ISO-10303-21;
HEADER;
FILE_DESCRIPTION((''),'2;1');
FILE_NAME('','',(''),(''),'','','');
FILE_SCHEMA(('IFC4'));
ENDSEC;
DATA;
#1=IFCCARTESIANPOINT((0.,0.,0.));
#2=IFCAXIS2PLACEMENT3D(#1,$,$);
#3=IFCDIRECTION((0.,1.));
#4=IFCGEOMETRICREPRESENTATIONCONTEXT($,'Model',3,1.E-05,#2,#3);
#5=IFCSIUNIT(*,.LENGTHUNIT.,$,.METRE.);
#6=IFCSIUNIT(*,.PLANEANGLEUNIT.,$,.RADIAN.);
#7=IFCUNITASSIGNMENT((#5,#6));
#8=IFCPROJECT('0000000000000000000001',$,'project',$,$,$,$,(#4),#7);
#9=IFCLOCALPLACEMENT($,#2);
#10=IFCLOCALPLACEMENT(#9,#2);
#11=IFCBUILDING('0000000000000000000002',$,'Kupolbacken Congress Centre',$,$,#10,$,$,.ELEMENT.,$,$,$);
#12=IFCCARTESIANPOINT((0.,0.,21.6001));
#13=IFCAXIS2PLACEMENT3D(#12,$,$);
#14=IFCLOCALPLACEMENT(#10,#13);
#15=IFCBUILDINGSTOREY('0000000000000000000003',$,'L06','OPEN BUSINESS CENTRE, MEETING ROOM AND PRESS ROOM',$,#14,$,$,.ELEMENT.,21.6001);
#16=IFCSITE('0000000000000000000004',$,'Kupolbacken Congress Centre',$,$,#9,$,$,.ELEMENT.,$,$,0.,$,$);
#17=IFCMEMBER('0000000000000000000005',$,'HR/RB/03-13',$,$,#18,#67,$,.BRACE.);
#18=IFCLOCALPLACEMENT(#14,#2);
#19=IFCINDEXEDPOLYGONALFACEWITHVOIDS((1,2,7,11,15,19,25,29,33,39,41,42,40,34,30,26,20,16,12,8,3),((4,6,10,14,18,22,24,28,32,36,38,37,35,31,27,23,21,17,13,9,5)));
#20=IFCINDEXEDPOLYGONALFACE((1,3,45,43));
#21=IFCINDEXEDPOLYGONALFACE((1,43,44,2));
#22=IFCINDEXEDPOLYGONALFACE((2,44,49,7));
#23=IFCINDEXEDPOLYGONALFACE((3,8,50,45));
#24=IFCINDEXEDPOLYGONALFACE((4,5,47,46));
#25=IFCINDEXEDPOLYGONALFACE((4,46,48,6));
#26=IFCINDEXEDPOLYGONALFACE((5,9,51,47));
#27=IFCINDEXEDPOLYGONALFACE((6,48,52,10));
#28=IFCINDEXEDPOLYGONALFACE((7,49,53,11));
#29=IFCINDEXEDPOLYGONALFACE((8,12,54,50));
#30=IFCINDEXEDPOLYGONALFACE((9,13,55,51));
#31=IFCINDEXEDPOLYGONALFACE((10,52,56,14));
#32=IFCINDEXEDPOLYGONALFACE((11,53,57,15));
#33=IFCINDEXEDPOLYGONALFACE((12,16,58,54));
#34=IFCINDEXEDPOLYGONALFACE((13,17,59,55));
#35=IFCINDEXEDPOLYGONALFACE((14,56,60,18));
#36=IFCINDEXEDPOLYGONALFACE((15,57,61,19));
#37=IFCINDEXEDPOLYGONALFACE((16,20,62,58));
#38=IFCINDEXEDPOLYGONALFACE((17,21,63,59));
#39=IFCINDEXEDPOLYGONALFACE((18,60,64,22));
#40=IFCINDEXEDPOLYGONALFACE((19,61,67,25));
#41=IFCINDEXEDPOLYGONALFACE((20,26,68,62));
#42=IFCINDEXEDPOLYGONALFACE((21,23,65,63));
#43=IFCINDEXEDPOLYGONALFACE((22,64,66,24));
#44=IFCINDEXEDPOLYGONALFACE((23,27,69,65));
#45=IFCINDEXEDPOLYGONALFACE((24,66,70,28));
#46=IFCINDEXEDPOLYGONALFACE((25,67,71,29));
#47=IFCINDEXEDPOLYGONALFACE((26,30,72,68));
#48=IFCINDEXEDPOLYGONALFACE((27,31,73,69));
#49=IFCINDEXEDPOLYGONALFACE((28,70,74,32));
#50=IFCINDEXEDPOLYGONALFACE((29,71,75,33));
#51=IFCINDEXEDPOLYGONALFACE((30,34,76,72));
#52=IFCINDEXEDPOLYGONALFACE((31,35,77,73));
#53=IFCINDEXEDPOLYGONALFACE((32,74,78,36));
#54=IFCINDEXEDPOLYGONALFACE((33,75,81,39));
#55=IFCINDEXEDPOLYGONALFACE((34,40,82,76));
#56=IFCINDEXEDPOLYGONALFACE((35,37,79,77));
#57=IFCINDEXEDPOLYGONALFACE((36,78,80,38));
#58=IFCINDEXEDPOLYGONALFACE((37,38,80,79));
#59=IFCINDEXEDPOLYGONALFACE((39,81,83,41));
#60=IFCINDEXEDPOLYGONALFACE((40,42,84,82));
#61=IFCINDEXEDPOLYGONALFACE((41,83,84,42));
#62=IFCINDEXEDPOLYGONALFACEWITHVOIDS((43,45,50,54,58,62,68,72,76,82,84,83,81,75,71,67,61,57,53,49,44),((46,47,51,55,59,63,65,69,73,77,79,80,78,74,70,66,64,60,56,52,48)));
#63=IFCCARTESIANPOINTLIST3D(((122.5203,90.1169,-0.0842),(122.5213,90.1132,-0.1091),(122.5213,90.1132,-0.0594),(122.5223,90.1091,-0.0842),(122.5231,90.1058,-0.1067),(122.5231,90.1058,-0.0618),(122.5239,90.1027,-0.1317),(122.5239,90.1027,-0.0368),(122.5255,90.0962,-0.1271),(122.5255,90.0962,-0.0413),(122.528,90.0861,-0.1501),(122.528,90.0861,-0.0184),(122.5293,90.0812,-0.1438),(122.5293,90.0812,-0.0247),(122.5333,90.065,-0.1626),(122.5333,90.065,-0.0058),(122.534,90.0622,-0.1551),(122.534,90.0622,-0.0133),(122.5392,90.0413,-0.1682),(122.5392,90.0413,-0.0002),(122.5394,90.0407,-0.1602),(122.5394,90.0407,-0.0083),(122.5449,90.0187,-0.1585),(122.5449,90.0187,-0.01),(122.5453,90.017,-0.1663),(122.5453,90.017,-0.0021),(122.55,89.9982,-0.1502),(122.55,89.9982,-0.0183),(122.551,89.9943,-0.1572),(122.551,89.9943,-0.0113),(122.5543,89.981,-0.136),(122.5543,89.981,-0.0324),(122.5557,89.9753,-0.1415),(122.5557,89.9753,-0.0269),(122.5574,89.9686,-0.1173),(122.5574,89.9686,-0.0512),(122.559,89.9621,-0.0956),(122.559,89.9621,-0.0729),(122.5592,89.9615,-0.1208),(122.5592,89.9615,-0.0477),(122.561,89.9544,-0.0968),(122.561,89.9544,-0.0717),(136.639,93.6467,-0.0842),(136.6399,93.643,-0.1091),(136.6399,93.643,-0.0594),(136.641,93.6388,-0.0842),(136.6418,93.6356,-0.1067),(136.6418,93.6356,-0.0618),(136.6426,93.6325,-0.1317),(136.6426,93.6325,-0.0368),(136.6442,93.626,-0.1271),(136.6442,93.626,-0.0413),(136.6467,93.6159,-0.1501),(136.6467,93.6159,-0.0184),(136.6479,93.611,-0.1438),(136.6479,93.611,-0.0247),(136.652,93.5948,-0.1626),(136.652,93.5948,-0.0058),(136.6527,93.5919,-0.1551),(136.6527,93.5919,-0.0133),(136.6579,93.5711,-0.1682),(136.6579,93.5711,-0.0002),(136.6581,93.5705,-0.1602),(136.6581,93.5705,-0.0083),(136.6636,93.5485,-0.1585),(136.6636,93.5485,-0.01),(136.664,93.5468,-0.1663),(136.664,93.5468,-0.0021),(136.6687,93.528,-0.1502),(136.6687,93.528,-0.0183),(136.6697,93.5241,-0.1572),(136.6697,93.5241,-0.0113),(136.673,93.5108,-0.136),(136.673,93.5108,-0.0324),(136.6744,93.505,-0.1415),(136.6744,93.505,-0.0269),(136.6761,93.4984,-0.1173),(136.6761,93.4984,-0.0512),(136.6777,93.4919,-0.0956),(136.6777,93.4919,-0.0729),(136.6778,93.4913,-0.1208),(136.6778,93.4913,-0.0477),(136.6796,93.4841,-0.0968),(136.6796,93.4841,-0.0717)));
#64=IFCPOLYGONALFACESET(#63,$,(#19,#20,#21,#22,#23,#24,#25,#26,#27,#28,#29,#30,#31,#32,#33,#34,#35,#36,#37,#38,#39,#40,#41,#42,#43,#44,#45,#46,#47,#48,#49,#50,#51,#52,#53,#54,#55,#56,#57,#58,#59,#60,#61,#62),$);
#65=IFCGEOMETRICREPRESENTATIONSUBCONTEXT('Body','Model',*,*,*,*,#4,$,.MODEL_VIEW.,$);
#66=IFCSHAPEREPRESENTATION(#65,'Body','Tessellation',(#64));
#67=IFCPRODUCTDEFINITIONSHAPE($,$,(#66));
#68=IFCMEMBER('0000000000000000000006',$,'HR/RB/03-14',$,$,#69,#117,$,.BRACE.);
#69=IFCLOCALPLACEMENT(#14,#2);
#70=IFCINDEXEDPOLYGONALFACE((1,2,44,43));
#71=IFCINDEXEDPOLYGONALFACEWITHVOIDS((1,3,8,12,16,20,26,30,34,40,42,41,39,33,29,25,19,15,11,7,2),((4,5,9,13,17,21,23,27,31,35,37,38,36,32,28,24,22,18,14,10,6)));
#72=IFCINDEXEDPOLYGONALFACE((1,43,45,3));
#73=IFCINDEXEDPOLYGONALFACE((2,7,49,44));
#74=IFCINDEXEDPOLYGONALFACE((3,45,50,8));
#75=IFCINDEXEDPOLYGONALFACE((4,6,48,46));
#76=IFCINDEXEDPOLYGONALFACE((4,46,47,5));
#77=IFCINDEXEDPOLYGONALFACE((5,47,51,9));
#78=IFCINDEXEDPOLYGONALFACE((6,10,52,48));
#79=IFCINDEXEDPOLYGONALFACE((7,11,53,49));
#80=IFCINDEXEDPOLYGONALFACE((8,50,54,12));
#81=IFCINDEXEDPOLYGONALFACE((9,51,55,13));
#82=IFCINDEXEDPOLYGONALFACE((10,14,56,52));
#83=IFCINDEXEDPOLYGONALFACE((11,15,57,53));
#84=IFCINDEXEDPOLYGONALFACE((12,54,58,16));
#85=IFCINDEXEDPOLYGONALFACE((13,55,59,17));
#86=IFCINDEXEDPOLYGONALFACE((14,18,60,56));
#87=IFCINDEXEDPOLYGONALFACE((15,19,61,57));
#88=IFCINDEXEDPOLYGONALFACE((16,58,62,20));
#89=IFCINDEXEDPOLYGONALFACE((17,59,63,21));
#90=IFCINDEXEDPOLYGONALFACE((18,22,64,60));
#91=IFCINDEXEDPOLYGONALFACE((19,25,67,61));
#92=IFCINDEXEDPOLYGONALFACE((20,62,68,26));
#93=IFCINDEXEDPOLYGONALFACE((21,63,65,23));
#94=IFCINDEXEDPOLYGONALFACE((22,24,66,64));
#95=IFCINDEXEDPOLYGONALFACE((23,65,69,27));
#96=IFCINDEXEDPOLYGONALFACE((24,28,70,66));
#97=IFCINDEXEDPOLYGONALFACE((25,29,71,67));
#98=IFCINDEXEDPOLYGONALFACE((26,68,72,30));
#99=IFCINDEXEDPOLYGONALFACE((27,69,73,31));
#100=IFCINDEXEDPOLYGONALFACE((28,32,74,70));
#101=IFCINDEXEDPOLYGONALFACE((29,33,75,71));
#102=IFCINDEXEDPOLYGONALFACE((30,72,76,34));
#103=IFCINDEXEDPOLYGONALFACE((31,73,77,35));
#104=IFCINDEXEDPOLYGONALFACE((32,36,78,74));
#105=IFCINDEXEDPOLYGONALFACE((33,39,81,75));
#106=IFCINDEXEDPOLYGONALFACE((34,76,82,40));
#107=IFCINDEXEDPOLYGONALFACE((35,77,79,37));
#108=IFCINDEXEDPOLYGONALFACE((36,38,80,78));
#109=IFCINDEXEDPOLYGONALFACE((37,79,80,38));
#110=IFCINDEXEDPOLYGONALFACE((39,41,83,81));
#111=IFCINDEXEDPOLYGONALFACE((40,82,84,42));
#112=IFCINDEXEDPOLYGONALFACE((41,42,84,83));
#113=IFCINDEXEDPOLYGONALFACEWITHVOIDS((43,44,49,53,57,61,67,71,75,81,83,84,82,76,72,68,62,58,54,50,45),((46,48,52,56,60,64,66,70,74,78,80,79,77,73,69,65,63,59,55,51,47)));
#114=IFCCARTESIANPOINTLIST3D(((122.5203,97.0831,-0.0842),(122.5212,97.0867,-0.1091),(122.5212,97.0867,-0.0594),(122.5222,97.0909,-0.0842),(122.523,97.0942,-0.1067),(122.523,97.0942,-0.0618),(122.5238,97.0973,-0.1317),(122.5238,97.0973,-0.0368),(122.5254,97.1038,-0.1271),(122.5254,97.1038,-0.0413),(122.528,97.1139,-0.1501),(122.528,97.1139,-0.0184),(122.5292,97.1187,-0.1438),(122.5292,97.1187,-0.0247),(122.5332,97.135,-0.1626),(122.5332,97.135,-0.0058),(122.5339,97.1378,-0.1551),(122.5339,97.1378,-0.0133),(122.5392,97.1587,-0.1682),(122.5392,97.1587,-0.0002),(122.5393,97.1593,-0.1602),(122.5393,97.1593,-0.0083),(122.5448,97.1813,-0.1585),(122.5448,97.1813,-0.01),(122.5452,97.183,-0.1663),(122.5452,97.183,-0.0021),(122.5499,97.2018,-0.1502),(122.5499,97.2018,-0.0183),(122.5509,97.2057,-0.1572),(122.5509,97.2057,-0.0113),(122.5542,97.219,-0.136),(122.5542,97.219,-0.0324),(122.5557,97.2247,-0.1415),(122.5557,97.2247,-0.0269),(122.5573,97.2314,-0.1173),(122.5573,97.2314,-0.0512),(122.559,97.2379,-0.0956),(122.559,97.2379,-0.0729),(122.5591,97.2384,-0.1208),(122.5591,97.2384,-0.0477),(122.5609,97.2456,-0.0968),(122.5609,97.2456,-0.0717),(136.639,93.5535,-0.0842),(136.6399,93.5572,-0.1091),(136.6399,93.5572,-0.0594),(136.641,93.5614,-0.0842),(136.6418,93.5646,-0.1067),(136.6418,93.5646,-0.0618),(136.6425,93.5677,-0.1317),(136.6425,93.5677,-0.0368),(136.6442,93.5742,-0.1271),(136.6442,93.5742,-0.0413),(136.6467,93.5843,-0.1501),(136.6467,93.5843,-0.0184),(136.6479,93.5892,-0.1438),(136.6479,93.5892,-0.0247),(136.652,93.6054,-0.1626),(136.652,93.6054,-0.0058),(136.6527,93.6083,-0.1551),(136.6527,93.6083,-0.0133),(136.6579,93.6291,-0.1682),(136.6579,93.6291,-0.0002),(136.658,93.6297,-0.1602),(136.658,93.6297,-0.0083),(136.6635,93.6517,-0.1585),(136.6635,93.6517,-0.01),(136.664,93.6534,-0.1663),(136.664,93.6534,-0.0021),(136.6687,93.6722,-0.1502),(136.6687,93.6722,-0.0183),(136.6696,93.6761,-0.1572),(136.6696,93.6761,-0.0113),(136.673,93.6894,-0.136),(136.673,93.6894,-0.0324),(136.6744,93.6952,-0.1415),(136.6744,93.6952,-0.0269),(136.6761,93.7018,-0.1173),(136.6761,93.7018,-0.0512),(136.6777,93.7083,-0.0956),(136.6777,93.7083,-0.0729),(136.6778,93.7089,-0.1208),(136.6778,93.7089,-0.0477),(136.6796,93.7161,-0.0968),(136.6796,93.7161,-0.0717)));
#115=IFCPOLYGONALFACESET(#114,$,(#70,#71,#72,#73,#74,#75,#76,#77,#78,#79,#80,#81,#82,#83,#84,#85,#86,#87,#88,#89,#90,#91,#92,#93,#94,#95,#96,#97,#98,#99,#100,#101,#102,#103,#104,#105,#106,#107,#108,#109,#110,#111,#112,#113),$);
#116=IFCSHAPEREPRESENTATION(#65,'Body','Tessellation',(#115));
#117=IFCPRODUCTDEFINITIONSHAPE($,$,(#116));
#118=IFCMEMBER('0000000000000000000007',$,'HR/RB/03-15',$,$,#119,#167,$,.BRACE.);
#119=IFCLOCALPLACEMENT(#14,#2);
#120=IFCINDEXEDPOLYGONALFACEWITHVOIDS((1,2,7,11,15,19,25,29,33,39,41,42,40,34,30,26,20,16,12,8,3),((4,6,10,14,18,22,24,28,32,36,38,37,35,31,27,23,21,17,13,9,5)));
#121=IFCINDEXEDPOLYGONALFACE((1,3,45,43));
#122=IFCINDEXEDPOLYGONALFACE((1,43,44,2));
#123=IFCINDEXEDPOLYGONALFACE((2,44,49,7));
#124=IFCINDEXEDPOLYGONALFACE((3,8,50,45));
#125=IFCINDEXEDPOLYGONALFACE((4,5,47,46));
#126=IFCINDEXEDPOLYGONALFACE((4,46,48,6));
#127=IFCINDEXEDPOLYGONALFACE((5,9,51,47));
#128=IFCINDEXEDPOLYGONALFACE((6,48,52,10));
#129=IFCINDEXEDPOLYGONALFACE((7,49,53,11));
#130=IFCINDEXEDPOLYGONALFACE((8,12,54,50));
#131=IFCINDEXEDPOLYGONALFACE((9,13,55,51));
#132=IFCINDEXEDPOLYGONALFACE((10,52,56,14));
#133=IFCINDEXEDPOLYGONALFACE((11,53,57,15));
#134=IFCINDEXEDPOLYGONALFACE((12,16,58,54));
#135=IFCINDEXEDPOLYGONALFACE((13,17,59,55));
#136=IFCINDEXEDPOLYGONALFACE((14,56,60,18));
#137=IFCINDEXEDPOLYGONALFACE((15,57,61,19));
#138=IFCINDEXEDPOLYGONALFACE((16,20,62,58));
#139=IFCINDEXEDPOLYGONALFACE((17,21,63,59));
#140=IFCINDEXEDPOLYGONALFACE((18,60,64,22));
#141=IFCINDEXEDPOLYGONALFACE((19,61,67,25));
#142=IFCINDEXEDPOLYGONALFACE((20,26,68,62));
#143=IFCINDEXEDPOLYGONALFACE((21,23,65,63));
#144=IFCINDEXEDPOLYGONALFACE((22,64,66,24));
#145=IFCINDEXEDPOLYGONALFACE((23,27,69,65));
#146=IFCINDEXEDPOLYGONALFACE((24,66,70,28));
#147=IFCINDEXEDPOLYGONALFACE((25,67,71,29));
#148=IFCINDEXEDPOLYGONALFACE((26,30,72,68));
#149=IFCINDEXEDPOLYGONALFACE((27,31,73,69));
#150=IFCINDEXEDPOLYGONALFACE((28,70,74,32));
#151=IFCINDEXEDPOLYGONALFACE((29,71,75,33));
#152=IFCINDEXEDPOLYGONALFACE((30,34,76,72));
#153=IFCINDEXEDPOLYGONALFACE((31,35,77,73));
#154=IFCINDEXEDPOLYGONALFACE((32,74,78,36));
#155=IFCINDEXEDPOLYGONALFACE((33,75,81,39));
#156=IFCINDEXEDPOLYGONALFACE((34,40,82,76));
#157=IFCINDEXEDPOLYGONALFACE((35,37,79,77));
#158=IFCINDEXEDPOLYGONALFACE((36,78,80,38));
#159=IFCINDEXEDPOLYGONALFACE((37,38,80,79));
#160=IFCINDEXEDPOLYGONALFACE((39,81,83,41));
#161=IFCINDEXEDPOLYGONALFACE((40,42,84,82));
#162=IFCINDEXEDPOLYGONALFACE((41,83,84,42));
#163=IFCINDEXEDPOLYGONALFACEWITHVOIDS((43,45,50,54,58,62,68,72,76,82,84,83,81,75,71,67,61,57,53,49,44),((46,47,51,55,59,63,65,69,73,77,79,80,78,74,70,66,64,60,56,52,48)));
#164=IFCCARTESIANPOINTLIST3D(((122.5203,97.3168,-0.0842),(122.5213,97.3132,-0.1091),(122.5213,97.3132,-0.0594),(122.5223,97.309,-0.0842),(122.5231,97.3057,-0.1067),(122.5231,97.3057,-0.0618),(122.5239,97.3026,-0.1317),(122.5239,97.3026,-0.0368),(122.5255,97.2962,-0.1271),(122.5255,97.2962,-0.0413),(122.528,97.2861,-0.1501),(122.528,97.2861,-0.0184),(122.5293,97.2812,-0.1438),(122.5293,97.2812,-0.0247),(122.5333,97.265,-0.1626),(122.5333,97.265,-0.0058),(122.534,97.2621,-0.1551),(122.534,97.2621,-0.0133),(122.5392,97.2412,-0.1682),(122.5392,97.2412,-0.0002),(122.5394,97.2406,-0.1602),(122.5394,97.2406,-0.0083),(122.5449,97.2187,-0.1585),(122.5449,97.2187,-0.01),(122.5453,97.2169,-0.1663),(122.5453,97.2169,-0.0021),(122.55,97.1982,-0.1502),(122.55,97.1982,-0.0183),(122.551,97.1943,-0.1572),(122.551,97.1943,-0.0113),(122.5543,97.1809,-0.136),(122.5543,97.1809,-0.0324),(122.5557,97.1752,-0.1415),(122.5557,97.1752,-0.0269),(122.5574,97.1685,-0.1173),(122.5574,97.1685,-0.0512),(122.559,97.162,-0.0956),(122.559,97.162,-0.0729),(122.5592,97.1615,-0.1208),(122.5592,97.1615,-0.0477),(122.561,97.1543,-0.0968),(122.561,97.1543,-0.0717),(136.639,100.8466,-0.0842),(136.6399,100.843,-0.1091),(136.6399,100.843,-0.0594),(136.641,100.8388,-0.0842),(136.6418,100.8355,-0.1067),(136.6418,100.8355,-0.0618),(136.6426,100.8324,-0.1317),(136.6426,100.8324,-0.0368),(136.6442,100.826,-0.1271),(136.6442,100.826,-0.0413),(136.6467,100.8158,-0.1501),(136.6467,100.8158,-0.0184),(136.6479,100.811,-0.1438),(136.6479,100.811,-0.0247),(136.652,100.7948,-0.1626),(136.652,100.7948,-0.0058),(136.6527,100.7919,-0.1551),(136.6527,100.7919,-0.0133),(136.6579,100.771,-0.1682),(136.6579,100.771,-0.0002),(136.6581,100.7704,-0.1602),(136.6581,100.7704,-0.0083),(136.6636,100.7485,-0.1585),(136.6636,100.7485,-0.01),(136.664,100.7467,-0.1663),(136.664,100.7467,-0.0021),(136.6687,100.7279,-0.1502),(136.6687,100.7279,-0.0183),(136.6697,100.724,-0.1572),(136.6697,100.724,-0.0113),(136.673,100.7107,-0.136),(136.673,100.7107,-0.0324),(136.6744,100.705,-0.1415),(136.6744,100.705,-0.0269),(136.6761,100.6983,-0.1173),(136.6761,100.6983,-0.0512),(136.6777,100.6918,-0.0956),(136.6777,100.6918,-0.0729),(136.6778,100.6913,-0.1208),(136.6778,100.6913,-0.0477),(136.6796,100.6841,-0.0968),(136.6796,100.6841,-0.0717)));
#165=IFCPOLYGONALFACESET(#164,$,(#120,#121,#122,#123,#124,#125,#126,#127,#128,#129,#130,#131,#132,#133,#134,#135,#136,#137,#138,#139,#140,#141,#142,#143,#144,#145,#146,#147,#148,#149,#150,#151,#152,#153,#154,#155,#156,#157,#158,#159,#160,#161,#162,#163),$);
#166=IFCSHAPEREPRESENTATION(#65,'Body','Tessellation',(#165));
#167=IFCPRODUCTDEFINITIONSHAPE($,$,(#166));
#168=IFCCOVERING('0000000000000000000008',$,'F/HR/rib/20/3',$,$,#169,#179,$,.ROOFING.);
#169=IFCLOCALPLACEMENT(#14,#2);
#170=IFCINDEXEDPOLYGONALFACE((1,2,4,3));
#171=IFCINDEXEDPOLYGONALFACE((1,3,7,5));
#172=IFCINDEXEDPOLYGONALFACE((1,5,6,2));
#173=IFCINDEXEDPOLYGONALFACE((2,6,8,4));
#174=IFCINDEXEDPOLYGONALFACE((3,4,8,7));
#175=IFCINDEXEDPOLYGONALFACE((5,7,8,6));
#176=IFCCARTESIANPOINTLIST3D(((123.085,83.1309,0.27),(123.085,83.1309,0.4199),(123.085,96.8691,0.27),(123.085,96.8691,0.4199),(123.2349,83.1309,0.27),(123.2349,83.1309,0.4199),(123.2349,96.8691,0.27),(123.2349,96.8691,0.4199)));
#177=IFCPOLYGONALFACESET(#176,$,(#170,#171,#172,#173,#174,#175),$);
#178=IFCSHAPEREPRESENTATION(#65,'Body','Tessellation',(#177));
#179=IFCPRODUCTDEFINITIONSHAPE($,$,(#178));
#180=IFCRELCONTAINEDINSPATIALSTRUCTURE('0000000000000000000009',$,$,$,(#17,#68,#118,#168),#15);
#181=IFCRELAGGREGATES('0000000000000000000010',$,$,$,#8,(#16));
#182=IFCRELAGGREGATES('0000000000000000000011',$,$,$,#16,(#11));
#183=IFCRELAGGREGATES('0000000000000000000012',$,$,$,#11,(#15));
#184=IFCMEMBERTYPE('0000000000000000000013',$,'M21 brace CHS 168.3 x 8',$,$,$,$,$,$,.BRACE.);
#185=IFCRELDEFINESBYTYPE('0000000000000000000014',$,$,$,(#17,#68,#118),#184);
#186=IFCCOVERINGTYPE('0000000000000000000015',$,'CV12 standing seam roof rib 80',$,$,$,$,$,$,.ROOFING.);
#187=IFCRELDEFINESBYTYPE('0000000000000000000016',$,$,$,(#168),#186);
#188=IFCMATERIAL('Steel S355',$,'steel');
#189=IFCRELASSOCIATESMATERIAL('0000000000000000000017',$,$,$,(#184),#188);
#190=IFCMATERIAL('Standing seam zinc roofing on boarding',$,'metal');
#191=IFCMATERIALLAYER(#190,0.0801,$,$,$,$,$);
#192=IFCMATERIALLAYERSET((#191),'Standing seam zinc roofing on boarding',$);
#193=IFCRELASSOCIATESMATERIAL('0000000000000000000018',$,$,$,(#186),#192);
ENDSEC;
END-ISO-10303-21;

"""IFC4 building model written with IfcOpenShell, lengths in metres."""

from ifc_helpers import new_model, si_unit, direction, frame, origin, origin_2d, place, context, subcontext, project, spatial, rectangle, hollow_circle, extrude, material, layer, layer_set, material_profile, profile_set, type_object, element, save


model = new_model("IFC4")

# Units and contexts
model_context = context("Model", 3, precision=1e-05, world=origin(), true_north=direction((0.0, 1.0)))
body_context = subcontext(model_context, "Body", "Model", "MODEL_VIEW")
ifc_project = project(units=[si_unit("LENGTHUNIT", "METRE"), si_unit("PLANEANGLEUNIT", "RADIAN")], contexts=[model_context])

# Site, building, storey
site_placement = place(None, origin())
site = spatial("IfcSite", under=ifc_project, at=site_placement, Name="Kupolbacken Congress Centre", CompositionType="ELEMENT", RefElevation=0.0)
building_placement = place(site_placement, origin())
building = spatial("IfcBuilding", under=site, at=building_placement, Name="Kupolbacken Congress Centre", CompositionType="ELEMENT")
storey_placement = place(building_placement, frame((0.0, 0.0, 21.6001)))
storey = spatial("IfcBuildingStorey", under=building, at=storey_placement, Name="L06", Description="OPEN BUSINESS CENTRE, MEETING ROOM AND PRESS ROOM", CompositionType="ELEMENT", Elevation=21.6001)

# Members
ifc_material_1 = material(Name="Steel S355", Category="steel")
ifc_material_profile_1 = material_profile(ifc_material_1, hollow_circle(Radius=0.0842, WallThickness=0.0081, at=origin_2d()), Name="CHS 168.3 x 8")
ifc_profile_set_1 = profile_set([ifc_material_profile_1], Name="Steel S355")
member_type_1 = type_object("IfcMemberType", Name="M21 brace CHS 168.3 x 8", PredefinedType="BRACE", material=ifc_profile_set_1)
for number, where, z_axis, x_axis, name in (
    (1, (122.5408, 90.0352, -0.0842), (0.970141, 0.242544, 0.0), (-0.242544, 0.970141, 0.0), "HR/RB/03-13"),
    (2, (136.6594, 93.6353, -0.0842), (-0.970144, 0.242528, 0.0), (-0.242528, -0.970144, 0.0), "HR/RB/03-14"),
    (3, (122.5408, 97.2351, -0.0842), (0.970141, 0.242544, 0.0), (-0.242544, 0.970141, 0.0), "HR/RB/03-15"),
):
    element("IfcMember", number, at=place(storey_placement, frame(where, z_axis=z_axis, x_axis=x_axis)), inside=storey, type_object=member_type_1, Name=name, PredefinedType="BRACE", context=body_context, shape_type="SweptSolid", body=[
        extrude(hollow_circle(Radius=0.0842, WallThickness=0.0081, at=origin_2d()), origin(), (0.0, 0.0, 1.0), 14.5532),
    ])

# Covering
ifc_material_2 = material(Name="Standing seam zinc roofing on boarding", Category="metal")
ifc_layer_1 = layer(ifc_material_2, 0.0801)
ifc_layer_set_1 = layer_set([ifc_layer_1], Name="Standing seam zinc roofing on boarding")
covering_type = type_object("IfcCoveringType", Name="CV12 standing seam roof rib 80", PredefinedType="ROOFING", material=ifc_layer_set_1)
covering_placement = place(storey_placement, frame((123.1599, 90.0, 0.27), z_axis=(0.0, 0.0, 1.0), x_axis=(0.0, 1.0, 0.0)))
element("IfcCovering", 4, at=covering_placement, inside=storey, type_object=covering_type, Name="F/HR/rib/20/3", PredefinedType="ROOFING", context=body_context, shape_type="SweptSolid", body=[
    extrude(rectangle(XDim=13.7383, YDim=0.1499, at=origin_2d()), origin(), (0.0, 0.0, 1.0), 0.1499),
])

save(model, "model.ifc")
